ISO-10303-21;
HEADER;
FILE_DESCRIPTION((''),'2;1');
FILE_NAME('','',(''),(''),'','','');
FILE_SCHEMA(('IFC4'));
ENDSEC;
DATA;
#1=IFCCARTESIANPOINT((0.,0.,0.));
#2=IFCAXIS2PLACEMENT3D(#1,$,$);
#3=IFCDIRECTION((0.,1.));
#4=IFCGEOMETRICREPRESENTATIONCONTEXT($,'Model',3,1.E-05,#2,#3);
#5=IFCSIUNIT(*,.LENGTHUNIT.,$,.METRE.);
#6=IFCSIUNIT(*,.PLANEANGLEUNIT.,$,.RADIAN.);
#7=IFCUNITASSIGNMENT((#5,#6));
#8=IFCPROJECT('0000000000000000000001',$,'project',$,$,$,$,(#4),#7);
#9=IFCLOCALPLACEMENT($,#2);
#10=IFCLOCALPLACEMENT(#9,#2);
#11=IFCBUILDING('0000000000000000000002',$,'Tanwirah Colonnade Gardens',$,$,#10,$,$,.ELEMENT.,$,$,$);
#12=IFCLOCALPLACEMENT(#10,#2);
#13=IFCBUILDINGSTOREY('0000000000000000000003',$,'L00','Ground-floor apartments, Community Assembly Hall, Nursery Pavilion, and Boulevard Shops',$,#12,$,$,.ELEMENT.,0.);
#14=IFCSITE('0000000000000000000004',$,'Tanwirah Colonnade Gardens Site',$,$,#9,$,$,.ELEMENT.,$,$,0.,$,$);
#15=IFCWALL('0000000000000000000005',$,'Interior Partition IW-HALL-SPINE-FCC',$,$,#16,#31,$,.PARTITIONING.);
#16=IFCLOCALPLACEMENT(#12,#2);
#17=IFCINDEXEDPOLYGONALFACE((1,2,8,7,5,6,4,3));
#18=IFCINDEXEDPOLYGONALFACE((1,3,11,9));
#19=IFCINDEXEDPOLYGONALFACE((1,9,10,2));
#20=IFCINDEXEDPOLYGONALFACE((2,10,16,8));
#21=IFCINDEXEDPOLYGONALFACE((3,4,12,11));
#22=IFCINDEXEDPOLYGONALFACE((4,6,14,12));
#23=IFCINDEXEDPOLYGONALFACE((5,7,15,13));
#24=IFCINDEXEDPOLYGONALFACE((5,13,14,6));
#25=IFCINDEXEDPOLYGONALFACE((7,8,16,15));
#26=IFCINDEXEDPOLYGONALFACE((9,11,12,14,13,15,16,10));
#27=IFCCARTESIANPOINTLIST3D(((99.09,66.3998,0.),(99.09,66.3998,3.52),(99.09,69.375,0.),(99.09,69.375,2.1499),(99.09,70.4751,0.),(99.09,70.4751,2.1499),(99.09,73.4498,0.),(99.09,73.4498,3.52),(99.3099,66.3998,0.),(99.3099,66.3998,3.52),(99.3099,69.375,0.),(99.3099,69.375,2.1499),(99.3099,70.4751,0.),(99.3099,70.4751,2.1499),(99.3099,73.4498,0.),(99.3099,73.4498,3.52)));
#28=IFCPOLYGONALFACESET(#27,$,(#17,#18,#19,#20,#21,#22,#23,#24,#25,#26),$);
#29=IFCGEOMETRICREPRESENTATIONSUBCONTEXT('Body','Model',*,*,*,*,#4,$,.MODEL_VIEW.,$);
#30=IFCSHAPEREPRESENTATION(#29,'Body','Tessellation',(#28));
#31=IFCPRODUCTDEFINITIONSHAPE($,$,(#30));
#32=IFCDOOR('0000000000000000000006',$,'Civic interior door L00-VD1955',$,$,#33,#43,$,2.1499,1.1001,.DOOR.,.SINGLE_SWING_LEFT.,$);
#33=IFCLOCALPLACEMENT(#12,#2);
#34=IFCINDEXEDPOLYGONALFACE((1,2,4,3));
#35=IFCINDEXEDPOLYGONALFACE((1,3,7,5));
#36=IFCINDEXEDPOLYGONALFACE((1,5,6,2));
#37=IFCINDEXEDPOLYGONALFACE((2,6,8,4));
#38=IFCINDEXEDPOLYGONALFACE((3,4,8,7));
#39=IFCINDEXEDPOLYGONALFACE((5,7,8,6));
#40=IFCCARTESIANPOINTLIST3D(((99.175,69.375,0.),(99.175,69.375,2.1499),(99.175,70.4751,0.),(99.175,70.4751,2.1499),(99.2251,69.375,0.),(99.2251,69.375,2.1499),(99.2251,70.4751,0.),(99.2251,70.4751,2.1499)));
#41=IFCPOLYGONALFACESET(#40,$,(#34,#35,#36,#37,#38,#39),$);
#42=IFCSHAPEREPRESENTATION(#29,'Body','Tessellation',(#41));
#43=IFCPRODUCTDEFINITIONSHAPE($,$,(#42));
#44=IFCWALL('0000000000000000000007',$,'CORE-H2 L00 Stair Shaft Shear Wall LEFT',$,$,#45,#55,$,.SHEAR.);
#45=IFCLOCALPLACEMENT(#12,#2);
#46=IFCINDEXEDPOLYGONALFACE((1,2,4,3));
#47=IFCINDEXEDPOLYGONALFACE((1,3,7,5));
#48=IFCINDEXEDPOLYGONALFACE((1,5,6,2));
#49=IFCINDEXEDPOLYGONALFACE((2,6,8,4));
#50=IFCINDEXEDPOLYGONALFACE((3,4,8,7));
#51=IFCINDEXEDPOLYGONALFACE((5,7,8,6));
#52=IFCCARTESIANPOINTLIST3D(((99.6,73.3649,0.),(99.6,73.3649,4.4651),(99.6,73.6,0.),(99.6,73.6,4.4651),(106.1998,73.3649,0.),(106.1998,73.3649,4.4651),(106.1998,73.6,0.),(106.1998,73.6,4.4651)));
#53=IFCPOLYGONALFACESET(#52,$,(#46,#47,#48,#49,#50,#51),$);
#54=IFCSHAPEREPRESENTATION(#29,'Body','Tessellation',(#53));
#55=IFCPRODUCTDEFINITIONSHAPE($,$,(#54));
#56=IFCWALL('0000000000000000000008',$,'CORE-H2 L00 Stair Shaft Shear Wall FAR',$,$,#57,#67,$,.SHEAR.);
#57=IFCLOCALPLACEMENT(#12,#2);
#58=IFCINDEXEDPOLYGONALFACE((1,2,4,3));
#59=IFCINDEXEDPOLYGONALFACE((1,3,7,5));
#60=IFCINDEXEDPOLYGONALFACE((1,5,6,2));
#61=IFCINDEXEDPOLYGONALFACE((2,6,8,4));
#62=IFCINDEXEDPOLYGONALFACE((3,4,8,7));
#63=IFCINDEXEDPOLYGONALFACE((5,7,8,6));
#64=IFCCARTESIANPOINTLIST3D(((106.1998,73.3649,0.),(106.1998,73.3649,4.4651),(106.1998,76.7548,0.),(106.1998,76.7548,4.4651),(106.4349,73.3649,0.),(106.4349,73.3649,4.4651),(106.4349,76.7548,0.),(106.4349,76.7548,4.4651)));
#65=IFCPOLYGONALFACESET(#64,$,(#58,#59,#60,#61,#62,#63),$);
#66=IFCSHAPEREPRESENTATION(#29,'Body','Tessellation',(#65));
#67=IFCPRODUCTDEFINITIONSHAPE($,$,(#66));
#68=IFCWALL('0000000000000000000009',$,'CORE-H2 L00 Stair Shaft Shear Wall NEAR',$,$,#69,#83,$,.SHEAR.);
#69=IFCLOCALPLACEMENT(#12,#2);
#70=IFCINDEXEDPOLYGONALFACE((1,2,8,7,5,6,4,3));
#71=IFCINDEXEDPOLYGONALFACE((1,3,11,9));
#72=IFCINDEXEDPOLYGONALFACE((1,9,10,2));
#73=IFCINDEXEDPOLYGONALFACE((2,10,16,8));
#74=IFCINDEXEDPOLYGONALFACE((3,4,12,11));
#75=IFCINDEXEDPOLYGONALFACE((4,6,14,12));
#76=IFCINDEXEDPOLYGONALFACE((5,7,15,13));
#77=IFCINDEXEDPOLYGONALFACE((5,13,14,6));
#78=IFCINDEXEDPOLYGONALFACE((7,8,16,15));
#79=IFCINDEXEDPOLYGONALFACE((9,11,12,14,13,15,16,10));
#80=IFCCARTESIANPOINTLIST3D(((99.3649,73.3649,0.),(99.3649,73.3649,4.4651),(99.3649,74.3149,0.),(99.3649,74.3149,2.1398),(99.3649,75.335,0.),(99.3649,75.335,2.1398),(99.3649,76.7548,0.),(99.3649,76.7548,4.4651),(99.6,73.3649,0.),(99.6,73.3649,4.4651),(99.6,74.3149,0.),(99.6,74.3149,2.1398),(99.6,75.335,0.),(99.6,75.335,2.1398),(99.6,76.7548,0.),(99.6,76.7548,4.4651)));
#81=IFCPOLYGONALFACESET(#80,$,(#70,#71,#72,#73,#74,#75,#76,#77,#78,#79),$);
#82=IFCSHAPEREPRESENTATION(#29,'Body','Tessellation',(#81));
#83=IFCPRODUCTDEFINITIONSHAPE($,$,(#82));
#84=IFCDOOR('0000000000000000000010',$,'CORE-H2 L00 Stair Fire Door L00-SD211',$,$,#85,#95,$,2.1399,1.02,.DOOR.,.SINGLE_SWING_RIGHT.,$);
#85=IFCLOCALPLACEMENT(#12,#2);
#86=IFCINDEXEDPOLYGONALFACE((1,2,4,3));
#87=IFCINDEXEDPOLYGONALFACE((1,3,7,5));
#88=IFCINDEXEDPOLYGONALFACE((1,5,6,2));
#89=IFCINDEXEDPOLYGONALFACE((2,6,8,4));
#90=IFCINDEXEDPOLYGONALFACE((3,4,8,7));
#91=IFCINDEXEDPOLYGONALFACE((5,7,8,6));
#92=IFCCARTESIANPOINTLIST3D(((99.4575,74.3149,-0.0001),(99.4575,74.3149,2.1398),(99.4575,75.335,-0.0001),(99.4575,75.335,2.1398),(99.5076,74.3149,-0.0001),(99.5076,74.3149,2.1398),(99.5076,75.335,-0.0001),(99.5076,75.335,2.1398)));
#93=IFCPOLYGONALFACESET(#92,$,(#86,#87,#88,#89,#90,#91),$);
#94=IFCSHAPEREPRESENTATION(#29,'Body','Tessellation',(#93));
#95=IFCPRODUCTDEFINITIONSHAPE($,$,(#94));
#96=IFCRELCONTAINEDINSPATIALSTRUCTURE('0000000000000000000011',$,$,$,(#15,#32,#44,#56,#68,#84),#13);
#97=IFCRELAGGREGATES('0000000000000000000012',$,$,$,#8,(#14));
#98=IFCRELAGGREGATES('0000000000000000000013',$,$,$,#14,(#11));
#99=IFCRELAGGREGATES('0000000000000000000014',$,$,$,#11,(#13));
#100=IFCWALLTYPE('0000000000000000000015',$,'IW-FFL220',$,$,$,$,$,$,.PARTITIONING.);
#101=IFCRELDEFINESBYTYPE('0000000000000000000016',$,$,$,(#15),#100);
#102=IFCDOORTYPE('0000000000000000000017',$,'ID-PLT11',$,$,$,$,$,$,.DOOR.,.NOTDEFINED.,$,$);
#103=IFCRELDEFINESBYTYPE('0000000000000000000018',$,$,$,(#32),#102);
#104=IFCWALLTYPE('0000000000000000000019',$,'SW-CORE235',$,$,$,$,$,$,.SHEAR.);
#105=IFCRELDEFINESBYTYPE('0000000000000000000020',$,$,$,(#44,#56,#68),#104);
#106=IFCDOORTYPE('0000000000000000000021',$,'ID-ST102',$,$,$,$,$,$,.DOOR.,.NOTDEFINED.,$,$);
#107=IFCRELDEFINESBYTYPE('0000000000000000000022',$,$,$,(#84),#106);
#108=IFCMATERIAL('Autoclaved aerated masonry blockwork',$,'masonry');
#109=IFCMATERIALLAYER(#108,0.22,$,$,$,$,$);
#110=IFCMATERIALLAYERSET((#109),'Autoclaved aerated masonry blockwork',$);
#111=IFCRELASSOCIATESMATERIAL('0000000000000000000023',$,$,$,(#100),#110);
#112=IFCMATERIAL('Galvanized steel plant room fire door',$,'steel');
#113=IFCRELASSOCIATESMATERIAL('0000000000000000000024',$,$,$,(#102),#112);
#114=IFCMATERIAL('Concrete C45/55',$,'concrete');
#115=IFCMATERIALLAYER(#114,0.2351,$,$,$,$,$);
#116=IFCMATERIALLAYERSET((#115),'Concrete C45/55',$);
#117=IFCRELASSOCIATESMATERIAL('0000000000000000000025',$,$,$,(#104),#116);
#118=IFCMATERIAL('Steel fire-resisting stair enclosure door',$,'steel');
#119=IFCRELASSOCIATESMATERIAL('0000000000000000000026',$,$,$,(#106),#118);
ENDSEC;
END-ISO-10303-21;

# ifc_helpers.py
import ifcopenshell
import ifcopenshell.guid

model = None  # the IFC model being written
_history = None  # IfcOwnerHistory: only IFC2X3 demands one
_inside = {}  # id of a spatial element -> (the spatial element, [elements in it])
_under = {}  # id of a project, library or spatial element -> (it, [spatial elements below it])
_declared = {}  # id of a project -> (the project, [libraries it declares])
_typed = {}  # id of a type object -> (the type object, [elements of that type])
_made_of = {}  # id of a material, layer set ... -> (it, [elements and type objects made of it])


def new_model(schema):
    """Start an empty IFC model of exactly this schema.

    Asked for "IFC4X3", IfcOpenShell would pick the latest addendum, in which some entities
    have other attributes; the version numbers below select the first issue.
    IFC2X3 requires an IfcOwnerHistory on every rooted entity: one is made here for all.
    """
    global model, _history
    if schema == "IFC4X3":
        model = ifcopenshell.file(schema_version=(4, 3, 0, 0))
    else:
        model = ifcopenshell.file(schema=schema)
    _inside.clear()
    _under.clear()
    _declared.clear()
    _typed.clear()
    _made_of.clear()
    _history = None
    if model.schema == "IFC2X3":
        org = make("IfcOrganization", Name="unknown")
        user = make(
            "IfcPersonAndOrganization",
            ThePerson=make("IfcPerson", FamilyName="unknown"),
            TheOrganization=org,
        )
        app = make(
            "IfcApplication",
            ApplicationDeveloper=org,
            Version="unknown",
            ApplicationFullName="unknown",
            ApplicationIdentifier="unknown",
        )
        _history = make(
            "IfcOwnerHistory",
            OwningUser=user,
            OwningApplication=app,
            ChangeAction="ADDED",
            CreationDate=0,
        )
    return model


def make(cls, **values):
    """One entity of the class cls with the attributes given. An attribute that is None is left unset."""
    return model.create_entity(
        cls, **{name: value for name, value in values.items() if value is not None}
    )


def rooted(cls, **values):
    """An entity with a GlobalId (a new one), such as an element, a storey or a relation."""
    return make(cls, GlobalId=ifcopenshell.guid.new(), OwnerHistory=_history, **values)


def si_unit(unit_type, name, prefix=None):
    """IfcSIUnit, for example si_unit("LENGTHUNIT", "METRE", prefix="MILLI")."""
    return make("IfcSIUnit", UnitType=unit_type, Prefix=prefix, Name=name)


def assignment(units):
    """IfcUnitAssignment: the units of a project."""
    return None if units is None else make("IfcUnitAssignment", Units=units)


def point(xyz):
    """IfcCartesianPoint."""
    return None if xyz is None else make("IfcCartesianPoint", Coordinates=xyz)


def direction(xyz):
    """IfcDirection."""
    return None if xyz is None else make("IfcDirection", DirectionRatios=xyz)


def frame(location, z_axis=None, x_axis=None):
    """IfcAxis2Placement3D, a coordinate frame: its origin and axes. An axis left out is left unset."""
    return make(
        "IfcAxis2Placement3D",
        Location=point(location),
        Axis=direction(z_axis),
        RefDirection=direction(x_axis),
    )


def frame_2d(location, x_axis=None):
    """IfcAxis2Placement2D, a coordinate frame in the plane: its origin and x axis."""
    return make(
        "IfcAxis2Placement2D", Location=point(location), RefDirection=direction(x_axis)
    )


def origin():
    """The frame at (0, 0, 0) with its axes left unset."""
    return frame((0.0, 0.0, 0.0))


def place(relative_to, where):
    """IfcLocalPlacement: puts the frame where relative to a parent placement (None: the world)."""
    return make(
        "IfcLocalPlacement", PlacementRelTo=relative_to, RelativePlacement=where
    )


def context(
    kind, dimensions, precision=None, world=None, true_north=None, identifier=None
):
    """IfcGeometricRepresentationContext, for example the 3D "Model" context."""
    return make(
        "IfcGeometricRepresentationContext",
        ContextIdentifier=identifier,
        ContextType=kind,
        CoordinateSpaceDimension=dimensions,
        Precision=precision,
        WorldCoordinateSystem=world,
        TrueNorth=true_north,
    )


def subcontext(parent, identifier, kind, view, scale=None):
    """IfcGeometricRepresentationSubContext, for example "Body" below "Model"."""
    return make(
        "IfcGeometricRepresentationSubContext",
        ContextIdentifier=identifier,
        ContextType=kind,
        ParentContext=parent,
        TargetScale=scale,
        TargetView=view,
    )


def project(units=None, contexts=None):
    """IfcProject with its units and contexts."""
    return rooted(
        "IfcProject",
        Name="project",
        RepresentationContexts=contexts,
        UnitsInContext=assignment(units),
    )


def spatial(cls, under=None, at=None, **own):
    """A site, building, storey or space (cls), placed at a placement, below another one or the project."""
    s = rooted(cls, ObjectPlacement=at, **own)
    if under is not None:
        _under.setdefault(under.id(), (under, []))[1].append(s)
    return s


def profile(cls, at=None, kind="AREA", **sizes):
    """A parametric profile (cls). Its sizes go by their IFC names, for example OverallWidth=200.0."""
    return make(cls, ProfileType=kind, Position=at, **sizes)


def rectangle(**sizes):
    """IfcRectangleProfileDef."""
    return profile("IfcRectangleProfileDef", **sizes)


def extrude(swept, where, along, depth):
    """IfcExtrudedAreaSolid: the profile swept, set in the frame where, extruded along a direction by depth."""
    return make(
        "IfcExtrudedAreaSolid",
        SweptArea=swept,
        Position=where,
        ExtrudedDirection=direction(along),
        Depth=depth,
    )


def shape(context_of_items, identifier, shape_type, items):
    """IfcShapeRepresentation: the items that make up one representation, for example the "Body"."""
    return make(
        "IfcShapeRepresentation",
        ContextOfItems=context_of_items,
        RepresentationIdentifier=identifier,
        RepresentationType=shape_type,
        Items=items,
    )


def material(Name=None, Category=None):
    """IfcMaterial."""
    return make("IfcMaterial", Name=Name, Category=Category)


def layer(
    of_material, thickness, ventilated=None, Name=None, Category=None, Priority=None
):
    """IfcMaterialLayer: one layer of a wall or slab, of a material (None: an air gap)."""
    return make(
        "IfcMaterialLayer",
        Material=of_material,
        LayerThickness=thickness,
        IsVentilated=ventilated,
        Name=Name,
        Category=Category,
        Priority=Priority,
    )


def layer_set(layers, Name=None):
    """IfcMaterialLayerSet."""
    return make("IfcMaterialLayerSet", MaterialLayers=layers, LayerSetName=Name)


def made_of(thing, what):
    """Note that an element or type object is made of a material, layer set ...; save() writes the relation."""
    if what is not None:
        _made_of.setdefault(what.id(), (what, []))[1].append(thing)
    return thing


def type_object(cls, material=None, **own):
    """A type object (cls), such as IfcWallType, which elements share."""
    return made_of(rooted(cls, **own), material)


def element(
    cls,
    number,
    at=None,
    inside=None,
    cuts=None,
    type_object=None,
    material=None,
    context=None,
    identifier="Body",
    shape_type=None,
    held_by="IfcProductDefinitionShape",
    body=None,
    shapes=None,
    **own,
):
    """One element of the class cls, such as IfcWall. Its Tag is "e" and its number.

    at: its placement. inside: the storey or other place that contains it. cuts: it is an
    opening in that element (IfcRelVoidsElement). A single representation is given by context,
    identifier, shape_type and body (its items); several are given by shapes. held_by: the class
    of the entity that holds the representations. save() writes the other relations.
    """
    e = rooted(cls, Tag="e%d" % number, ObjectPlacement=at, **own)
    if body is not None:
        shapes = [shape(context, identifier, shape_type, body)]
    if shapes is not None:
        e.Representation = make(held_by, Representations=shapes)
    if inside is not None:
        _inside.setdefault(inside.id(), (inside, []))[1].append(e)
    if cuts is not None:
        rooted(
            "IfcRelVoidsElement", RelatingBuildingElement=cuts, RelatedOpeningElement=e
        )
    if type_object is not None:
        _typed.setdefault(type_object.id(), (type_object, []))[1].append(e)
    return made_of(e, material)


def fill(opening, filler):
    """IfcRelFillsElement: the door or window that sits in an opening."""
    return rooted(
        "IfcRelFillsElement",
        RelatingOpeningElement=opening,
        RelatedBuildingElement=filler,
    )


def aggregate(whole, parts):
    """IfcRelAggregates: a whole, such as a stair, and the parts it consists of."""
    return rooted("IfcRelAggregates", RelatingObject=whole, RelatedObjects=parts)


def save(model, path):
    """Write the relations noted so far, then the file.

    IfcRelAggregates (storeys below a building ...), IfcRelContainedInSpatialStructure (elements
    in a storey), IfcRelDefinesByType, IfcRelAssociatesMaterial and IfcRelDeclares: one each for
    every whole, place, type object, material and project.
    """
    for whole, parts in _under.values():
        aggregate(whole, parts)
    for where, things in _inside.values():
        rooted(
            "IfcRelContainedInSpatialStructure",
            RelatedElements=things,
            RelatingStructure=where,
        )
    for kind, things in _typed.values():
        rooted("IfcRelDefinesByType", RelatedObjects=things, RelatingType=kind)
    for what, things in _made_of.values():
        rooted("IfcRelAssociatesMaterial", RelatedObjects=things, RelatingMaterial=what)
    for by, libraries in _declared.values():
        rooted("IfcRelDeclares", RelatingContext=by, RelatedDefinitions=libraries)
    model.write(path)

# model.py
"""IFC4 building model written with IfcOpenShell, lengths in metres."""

from ifc_helpers import new_model, si_unit, direction, frame, frame_2d, origin, place, context, subcontext, project, spatial, rectangle, extrude, material, layer, layer_set, type_object, element, fill, save


model = new_model("IFC4")

# Units and contexts
model_context = context("Model", 3, precision=1e-05, world=origin(), true_north=direction((0.0, 1.0)))
body_context = subcontext(model_context, "Body", "Model", "MODEL_VIEW")
ifc_project = project(units=[si_unit("LENGTHUNIT", "METRE"), si_unit("PLANEANGLEUNIT", "RADIAN")], contexts=[model_context])

# Site, building, storey
site_placement = place(None, origin())
site = spatial("IfcSite", under=ifc_project, at=site_placement, Name="Tanwirah Colonnade Gardens Site", CompositionType="ELEMENT", RefElevation=0.0)
building_placement = place(site_placement, origin())
building = spatial("IfcBuilding", under=site, at=building_placement, Name="Tanwirah Colonnade Gardens", CompositionType="ELEMENT")
storey_placement = place(building_placement, origin())
storey = spatial("IfcBuildingStorey", under=building, at=storey_placement, Name="L00", Description="Ground-floor apartments, Community Assembly Hall, Nursery Pavilion, and Boulevard Shops", CompositionType="ELEMENT", Elevation=0.0)

# Shared definitions
ifc_material_1 = material(Name="Concrete C45/55", Category="concrete")

# Wall, opening, door
ifc_material_2 = material(Name="Autoclaved aerated masonry blockwork", Category="masonry")
ifc_layer_1 = layer(ifc_material_2, 0.22)
ifc_layer_set_1 = layer_set([ifc_layer_1], Name="Autoclaved aerated masonry blockwork")
wall_type_1 = type_object("IfcWallType", Name="IW-FFL220", PredefinedType="PARTITIONING", material=ifc_layer_set_1)
wall_1_placement = place(storey_placement, frame((99.2, 66.3999, 0.0), z_axis=(0.0, 0.0, 1.0), x_axis=(0.0, 1.0, 0.0)))
wall_1 = element("IfcWall", 1, at=wall_1_placement, inside=storey, type_object=wall_type_1, Name="Interior Partition IW-HALL-SPINE-FCC", PredefinedType="PARTITIONING", context=body_context, shape_type="SweptSolid", body=[
    extrude(rectangle(XDim=7.05, YDim=0.22, at=frame_2d((3.5249, 0.0))), origin(), (0.0, 0.0, 1.0), 3.52),
])
opening_1_placement = place(wall_1_placement, frame((2.9751, 0.0, 0.0)))
opening_1 = element("IfcOpeningElement", 2, at=opening_1_placement, cuts=wall_1, PredefinedType="OPENING", context=body_context, shape_type="SweptSolid", body=[
    extrude(rectangle(XDim=1.1001, YDim=2.1499, at=frame_2d((0.55, 1.075))), frame((0.0, 0.1199, 0.0), z_axis=(0.0, -1.0, 0.0), x_axis=(1.0, 0.0, 0.0)), (0.0, 0.0, 1.0), 0.24),
])
ifc_material_3 = material(Name="Galvanized steel plant room fire door", Category="steel")
door_type_1 = type_object("IfcDoorType", Name="ID-PLT11", OperationType="NOTDEFINED", PredefinedType="DOOR", material=ifc_material_3)
door_1_placement = place(opening_1_placement, origin())
door_1 = element("IfcDoor", 3, at=door_1_placement, inside=storey, type_object=door_type_1, Name="Civic interior door L00-VD1955", OperationType="SINGLE_SWING_LEFT", OverallHeight=2.1499, OverallWidth=1.1001, PredefinedType="DOOR", context=body_context, shape_type="SweptSolid", body=[
    extrude(rectangle(XDim=1.1001, YDim=2.1499, at=frame_2d((0.55, 1.075))), frame((0.0, 0.0249, 0.0), z_axis=(0.0, -1.0, 0.0), x_axis=(1.0, 0.0, 0.0)), (0.0, 0.0, 1.0), 0.05),
])
fill(opening_1, door_1)

# Walls
ifc_layer_2 = layer(ifc_material_1, 0.2351)
ifc_layer_set_2 = layer_set([ifc_layer_2], Name="Concrete C45/55")
wall_type_2 = type_object("IfcWallType", Name="SW-CORE235", PredefinedType="SHEAR", material=ifc_layer_set_2)
wall_2_placement = place(storey_placement, frame((99.6001, 73.4824, 0.0), z_axis=(0.0, 0.0, 1.0), x_axis=(1.0, 0.0, 0.0)))
element("IfcWall", 4, at=wall_2_placement, inside=storey, type_object=wall_type_2, Name="CORE-H2 L00 Stair Shaft Shear Wall LEFT", PredefinedType="SHEAR", context=body_context, shape_type="SweptSolid", body=[
    extrude(rectangle(XDim=6.5999, YDim=0.2351, at=frame_2d((3.2998, 0.0))), origin(), (0.0, 0.0, 1.0), 4.4651),
])
wall_3_placement = place(storey_placement, frame((106.3174, 73.365, 0.0), z_axis=(0.0, 0.0, 1.0), x_axis=(0.0, 1.0, 0.0)))
element("IfcWall", 5, at=wall_3_placement, inside=storey, type_object=wall_type_2, Name="CORE-H2 L00 Stair Shaft Shear Wall FAR", PredefinedType="SHEAR", context=body_context, shape_type="SweptSolid", body=[
    extrude(rectangle(XDim=3.3899, YDim=0.2351, at=frame_2d((1.6948, 0.0))), origin(), (0.0, 0.0, 1.0), 4.4651),
])

# Wall, opening, door
wall_4_placement = place(storey_placement, frame((99.4824, 73.365, 0.0), z_axis=(0.0, 0.0, 1.0), x_axis=(0.0, 1.0, 0.0)))
wall_4 = element("IfcWall", 6, at=wall_4_placement, inside=storey, type_object=wall_type_2, Name="CORE-H2 L00 Stair Shaft Shear Wall NEAR", PredefinedType="SHEAR", context=body_context, shape_type="SweptSolid", body=[
    extrude(rectangle(XDim=3.3899, YDim=0.2351, at=frame_2d((1.6948, 0.0))), origin(), (0.0, 0.0, 1.0), 4.4651),
])
opening_2_placement = place(wall_4_placement, frame((0.95, 0.0, 0.0)))
opening_2 = element("IfcOpeningElement", 7, at=opening_2_placement, cuts=wall_4, PredefinedType="OPENING", context=body_context, shape_type="SweptSolid", body=[
    extrude(rectangle(XDim=1.02, YDim=2.1399, at=frame_2d((0.51, 1.0698))), frame((0.0, 0.1274, 0.0), z_axis=(0.0, -1.0, 0.0), x_axis=(1.0, 0.0, 0.0)), (0.0, 0.0, 1.0), 0.2551),
])
ifc_material_4 = material(Name="Steel fire-resisting stair enclosure door", Category="steel")
door_type_2 = type_object("IfcDoorType", Name="ID-ST102", OperationType="NOTDEFINED", PredefinedType="DOOR", material=ifc_material_4)
door_2_placement = place(opening_2_placement, origin())
door_2 = element("IfcDoor", 8, at=door_2_placement, inside=storey, type_object=door_type_2, Name="CORE-H2 L00 Stair Fire Door L00-SD211", OperationType="SINGLE_SWING_RIGHT", OverallHeight=2.1399, OverallWidth=1.02, PredefinedType="DOOR", context=body_context, shape_type="SweptSolid", body=[
    extrude(rectangle(XDim=1.02, YDim=2.1399, at=frame_2d((0.51, 1.0698))), frame((0.0, 0.0249, 0.0), z_axis=(0.0, -1.0, 0.0), x_axis=(1.0, 0.0, 0.0)), (0.0, 0.0, 1.0), 0.05),
])
fill(opening_2, door_2)

save(model, "model.ifc")
